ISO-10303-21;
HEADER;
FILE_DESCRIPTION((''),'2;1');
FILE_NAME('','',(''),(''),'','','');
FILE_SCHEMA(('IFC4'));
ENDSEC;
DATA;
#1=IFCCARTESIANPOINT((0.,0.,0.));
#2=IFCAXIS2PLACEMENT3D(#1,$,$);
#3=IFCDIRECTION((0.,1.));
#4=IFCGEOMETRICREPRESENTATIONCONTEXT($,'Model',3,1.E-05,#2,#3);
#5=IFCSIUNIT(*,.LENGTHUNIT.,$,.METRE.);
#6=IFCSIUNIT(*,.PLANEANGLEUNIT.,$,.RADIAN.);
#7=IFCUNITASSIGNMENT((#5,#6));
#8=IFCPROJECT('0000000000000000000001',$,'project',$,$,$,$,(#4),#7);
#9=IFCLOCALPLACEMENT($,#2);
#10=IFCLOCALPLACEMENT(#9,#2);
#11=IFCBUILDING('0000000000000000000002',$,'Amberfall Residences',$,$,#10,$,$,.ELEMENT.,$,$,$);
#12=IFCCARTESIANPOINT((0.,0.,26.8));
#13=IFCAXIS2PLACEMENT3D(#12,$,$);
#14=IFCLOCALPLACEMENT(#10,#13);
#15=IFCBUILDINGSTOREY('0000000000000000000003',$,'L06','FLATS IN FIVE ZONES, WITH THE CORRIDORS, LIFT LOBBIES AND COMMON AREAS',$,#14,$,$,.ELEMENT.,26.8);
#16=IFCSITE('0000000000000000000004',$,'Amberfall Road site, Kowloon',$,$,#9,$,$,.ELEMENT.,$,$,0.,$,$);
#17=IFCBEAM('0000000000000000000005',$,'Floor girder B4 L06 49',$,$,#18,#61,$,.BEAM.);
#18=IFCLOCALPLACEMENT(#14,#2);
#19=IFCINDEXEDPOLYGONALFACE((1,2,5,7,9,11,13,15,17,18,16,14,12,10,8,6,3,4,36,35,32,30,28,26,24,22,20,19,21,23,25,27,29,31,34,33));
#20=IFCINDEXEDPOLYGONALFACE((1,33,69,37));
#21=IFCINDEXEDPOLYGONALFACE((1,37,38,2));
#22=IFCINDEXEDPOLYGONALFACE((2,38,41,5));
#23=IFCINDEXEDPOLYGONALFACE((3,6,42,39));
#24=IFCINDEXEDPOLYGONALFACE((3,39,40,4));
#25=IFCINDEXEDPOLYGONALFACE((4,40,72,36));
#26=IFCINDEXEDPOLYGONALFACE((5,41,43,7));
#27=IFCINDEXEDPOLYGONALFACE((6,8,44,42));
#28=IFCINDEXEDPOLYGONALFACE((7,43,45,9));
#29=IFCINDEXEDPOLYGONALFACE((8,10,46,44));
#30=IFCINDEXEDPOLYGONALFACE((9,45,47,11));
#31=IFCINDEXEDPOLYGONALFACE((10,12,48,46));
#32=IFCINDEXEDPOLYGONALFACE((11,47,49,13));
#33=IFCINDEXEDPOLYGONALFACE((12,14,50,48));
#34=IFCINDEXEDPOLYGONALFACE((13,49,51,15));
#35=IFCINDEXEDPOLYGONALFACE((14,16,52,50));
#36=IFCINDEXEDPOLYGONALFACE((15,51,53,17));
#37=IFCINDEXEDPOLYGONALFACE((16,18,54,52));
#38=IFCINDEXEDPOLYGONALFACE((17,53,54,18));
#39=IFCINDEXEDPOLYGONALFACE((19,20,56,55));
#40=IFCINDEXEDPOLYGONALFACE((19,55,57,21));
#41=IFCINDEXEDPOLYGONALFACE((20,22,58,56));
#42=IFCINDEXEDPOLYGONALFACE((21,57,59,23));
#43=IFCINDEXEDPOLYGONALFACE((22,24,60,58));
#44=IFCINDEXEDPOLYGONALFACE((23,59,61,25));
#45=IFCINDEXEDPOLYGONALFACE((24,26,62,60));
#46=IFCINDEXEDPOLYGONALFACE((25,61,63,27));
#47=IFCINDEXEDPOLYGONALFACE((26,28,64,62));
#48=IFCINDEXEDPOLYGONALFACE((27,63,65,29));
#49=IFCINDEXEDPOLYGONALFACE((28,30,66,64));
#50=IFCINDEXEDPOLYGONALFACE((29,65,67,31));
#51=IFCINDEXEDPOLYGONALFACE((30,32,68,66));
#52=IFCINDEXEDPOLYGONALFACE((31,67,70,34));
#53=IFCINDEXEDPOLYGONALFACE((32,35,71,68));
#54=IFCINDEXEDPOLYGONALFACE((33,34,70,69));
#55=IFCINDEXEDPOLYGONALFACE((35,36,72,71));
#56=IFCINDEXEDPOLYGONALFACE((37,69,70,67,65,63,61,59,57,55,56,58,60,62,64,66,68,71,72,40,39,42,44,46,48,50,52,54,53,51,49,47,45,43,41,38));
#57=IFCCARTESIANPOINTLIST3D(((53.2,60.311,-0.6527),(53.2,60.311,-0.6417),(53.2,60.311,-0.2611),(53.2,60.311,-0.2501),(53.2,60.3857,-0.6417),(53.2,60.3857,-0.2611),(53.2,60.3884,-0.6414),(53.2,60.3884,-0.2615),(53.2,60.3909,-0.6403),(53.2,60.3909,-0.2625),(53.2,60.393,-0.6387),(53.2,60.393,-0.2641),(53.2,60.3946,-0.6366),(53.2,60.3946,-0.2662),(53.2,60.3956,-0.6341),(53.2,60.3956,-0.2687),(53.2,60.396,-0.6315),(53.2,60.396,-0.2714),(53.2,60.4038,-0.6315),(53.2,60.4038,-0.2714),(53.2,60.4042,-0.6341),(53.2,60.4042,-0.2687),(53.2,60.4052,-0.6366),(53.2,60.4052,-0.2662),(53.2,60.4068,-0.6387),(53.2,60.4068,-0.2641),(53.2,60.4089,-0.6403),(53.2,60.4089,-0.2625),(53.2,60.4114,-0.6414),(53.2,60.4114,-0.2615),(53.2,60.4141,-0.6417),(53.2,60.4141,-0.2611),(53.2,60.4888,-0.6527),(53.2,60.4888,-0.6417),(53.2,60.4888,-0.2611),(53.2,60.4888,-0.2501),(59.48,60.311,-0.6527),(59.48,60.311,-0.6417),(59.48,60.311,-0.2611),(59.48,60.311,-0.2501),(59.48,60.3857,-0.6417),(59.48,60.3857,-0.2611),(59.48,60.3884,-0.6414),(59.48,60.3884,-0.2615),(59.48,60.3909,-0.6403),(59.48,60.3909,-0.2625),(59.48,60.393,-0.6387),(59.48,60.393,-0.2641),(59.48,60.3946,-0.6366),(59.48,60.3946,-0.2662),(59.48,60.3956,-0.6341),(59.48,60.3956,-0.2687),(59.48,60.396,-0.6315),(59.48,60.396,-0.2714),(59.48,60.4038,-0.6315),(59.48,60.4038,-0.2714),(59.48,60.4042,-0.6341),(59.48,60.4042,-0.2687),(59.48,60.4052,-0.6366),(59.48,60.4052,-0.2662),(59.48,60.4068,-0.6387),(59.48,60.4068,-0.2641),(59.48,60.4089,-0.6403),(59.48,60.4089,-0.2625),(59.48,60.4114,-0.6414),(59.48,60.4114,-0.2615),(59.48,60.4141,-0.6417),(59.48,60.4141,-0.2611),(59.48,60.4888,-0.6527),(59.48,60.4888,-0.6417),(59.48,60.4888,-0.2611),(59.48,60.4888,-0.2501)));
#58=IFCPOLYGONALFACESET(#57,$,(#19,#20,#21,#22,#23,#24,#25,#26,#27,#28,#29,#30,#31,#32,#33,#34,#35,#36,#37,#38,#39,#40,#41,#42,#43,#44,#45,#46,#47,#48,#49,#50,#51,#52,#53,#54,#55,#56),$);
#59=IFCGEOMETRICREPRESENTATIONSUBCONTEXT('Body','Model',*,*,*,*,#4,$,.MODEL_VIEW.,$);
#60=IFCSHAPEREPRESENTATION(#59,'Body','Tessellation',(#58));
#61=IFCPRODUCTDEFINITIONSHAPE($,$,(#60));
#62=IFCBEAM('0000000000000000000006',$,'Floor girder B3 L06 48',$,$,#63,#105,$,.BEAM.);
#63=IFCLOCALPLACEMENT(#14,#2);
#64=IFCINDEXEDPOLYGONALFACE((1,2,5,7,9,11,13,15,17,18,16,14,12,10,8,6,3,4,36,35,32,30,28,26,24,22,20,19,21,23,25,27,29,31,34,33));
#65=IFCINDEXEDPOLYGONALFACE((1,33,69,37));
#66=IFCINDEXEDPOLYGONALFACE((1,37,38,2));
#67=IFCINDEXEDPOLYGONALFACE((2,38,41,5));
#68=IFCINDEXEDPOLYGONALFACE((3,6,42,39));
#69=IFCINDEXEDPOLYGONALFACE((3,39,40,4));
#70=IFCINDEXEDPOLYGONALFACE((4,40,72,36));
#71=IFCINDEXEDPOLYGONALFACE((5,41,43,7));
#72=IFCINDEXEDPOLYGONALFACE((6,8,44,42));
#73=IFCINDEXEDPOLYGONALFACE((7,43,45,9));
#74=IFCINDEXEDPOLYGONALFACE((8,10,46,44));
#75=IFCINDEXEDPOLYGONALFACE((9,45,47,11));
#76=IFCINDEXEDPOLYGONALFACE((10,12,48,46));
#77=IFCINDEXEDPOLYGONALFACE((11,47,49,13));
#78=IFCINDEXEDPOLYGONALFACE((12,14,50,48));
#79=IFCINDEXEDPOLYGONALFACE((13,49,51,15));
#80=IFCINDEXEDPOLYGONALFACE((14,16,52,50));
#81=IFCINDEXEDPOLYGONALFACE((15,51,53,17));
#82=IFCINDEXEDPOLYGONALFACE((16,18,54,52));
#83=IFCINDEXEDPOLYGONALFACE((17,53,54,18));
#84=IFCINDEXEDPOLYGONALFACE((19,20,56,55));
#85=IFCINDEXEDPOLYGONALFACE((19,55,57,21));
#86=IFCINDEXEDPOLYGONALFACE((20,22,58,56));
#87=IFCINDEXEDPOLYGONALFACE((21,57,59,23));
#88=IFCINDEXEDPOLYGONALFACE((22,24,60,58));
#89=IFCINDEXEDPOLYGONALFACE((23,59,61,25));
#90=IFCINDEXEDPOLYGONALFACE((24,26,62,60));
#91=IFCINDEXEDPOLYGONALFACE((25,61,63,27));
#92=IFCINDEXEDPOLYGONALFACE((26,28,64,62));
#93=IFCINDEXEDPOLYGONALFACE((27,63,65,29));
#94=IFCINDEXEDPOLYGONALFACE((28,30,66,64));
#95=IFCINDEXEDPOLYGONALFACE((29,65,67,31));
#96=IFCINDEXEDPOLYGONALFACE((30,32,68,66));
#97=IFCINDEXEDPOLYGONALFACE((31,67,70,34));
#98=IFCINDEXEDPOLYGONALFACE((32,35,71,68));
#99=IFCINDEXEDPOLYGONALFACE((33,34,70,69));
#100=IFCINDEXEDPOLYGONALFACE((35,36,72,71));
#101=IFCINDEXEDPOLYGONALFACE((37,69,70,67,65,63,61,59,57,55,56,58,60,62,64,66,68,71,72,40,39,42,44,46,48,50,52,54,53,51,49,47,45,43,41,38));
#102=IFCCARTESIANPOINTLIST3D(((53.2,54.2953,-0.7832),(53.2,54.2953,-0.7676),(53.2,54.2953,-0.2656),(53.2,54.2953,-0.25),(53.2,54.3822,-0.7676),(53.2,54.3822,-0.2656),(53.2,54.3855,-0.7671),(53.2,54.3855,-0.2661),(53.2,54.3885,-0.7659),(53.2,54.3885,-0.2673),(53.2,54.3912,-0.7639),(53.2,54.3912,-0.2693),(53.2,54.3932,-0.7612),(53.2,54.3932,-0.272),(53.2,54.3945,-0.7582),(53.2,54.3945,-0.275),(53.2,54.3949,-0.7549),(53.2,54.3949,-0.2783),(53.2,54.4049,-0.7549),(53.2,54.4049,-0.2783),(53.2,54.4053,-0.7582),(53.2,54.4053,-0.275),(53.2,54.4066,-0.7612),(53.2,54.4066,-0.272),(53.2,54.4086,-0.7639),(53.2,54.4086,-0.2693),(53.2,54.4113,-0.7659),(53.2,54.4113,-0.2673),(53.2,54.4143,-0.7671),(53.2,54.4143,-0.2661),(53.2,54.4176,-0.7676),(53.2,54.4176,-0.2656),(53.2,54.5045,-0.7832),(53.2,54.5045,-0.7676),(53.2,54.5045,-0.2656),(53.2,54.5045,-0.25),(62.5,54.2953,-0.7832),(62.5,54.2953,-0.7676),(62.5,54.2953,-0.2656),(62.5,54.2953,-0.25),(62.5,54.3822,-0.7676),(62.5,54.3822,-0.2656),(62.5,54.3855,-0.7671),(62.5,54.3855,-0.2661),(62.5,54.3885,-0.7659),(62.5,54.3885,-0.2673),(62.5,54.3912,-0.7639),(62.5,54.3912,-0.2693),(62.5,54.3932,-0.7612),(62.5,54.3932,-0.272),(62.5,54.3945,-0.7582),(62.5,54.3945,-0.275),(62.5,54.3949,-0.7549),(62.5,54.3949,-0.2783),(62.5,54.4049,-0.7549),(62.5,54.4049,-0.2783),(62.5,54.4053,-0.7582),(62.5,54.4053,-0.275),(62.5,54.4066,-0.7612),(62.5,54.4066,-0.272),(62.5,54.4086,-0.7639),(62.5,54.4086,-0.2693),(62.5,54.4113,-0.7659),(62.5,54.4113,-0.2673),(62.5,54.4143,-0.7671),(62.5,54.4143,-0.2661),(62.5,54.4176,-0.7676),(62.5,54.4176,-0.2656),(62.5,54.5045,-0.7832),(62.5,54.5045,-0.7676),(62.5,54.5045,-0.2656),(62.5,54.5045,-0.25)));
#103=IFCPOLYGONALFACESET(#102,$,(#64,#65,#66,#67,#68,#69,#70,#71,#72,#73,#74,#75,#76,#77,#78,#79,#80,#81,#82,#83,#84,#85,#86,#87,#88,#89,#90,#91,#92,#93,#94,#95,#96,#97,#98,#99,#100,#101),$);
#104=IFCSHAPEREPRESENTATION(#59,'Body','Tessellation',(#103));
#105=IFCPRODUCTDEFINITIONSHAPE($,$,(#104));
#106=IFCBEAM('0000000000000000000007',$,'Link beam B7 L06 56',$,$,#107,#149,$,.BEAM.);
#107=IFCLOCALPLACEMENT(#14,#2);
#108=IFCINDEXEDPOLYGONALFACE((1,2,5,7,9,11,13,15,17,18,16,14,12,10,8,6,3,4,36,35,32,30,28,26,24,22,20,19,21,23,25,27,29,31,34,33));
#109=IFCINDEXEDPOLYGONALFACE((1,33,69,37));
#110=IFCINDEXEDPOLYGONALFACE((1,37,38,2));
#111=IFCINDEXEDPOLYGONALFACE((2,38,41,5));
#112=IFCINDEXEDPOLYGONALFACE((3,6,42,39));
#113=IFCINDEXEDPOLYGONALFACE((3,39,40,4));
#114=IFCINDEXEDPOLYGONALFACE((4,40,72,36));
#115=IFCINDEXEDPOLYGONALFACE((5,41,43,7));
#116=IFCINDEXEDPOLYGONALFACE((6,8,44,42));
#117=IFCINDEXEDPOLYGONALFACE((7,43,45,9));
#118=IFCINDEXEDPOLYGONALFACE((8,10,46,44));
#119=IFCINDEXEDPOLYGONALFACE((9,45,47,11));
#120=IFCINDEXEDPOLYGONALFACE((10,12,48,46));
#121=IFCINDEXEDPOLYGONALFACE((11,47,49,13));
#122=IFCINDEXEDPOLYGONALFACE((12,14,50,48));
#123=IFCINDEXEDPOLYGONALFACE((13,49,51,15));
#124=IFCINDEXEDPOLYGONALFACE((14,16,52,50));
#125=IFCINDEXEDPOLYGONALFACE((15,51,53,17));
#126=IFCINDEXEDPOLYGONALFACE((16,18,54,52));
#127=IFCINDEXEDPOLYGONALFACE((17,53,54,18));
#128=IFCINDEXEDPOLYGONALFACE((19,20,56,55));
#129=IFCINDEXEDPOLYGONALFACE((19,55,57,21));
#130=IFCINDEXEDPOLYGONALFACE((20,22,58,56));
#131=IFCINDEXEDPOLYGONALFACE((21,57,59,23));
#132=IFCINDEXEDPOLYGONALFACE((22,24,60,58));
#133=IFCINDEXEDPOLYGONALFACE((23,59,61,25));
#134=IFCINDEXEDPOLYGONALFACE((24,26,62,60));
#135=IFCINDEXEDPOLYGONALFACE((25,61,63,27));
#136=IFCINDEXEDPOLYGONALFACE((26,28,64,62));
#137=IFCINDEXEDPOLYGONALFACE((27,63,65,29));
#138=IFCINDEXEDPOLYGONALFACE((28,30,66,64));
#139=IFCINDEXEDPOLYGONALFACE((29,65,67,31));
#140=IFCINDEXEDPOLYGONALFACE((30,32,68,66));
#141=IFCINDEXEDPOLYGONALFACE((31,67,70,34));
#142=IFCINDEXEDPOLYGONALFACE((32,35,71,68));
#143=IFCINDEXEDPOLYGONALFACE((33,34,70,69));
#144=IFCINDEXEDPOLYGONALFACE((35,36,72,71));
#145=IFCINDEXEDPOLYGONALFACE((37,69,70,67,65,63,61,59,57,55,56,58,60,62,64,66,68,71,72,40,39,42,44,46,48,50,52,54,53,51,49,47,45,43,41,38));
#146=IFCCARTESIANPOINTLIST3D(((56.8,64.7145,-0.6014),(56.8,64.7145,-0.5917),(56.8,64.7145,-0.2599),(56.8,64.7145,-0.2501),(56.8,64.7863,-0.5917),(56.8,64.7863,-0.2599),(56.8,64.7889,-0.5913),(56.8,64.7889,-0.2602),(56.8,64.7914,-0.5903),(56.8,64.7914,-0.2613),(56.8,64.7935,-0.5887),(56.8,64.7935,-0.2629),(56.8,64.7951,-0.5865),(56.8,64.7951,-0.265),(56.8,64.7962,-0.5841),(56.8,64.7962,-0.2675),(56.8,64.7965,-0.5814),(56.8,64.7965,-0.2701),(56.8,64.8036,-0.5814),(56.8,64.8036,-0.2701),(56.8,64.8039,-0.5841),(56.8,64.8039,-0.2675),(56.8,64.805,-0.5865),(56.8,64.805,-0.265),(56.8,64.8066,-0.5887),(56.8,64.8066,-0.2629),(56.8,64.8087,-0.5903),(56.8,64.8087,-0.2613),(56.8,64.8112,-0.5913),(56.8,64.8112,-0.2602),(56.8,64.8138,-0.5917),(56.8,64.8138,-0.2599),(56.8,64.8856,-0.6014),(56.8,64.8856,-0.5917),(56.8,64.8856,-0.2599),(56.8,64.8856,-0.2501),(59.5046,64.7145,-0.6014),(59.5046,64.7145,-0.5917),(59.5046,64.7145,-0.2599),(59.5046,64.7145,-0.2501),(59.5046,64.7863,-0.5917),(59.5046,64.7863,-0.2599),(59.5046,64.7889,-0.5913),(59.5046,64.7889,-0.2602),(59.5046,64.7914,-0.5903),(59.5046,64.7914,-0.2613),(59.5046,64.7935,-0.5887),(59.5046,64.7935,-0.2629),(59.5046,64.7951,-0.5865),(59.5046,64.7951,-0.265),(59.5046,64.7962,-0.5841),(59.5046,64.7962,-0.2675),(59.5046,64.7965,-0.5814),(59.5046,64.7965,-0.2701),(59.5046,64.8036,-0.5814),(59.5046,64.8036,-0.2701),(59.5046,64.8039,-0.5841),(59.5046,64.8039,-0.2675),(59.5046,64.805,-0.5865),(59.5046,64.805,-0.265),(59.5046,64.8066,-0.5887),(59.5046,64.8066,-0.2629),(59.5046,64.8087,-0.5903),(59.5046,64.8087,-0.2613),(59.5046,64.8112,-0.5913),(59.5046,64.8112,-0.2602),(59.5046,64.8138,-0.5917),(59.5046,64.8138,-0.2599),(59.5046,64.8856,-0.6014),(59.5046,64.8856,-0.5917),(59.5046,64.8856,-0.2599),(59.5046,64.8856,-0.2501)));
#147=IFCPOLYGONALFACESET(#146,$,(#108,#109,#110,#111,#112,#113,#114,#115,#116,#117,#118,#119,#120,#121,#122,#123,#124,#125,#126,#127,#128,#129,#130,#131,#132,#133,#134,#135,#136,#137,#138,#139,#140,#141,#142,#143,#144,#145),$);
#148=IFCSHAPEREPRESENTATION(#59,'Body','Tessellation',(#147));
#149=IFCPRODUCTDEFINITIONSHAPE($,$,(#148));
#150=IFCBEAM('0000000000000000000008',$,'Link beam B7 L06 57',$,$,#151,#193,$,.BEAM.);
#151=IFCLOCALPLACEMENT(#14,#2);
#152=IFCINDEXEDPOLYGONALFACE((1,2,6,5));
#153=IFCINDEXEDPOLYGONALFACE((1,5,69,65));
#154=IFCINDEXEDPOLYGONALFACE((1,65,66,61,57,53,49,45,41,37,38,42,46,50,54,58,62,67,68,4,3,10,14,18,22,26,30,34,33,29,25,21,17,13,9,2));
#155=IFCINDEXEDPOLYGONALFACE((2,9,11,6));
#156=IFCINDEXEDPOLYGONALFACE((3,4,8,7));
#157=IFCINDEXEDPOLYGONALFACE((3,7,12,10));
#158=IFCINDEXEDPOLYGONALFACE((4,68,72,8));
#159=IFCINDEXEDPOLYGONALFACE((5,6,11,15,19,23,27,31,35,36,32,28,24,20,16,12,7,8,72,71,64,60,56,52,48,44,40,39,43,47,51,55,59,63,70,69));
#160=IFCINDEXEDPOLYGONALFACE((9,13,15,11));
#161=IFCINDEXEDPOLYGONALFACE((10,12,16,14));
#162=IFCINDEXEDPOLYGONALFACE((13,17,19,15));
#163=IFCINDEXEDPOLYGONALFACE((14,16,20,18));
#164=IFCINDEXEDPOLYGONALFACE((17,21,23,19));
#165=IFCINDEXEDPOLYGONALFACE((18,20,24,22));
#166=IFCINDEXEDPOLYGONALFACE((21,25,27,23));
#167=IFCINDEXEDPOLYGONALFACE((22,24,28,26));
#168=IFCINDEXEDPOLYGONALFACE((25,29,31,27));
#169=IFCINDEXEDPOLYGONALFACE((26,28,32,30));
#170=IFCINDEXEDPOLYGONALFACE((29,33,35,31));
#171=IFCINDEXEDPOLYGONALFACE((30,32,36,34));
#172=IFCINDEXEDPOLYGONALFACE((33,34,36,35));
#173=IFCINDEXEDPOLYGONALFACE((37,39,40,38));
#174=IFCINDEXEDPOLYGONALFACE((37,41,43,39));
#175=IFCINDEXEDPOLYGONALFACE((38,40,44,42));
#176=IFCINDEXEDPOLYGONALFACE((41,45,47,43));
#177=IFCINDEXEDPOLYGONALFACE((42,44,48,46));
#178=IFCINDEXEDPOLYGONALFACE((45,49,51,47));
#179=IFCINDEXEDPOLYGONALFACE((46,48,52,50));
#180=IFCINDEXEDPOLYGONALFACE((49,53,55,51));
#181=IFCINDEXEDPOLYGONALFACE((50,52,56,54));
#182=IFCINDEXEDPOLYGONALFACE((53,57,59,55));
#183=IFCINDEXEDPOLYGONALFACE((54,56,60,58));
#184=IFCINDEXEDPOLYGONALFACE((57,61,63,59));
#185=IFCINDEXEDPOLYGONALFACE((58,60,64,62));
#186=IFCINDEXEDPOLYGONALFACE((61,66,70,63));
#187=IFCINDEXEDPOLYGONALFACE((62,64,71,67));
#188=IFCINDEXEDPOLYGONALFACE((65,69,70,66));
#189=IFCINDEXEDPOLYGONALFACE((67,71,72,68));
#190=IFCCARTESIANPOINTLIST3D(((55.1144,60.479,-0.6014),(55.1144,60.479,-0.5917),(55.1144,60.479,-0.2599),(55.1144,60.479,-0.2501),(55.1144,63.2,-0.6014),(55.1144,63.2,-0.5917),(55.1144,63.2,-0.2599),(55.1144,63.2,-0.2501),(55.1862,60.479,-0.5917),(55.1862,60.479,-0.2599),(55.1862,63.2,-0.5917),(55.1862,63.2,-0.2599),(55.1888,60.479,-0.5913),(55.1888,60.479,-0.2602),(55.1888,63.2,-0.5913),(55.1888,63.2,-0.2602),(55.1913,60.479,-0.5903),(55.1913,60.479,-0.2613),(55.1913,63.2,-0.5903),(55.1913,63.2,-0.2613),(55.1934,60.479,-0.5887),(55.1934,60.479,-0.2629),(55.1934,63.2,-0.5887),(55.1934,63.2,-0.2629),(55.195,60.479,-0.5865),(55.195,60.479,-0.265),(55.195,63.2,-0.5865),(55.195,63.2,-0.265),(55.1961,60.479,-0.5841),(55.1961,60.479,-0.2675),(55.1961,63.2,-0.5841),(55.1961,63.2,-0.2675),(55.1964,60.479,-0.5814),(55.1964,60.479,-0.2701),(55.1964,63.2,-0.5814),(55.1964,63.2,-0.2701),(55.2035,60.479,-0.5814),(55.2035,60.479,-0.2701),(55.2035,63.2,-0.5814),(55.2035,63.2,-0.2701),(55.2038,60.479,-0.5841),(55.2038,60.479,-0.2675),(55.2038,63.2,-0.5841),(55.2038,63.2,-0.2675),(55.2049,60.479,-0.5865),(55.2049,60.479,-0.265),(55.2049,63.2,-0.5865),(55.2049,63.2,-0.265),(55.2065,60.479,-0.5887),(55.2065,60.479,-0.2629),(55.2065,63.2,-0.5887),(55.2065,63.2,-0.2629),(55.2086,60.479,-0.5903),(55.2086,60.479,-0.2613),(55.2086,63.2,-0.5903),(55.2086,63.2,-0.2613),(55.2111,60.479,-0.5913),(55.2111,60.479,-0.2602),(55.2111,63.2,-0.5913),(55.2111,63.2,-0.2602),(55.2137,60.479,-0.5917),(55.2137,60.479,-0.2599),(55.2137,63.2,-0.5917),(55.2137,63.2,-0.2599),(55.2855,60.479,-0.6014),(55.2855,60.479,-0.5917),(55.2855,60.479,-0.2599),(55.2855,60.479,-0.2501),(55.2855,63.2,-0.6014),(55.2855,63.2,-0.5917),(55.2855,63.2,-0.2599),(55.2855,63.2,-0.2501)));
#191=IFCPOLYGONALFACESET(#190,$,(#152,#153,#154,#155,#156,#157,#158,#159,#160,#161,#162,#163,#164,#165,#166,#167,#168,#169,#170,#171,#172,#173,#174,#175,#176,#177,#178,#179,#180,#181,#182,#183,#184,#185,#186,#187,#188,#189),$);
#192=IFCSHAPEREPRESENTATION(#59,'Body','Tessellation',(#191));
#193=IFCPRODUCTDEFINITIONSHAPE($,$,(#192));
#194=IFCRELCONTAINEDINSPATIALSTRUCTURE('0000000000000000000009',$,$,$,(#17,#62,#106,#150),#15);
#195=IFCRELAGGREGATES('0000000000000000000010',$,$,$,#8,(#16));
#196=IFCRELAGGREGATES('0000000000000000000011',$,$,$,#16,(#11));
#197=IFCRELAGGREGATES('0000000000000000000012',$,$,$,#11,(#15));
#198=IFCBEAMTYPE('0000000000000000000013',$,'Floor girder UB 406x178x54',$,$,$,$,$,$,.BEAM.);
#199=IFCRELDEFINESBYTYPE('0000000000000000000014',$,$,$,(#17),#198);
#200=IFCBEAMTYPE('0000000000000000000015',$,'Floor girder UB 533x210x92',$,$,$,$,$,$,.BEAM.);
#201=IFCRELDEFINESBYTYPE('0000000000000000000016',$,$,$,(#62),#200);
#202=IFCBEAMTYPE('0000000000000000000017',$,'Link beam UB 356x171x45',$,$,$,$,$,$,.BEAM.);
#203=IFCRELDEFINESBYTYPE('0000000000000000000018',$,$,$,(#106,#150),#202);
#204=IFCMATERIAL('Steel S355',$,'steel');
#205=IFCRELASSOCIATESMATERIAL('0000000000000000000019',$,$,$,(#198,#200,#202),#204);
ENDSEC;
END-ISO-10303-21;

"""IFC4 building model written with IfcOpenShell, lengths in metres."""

from ifc_helpers import new_model, si_unit, direction, frame, origin, origin_2d, place, context, subcontext, project, spatial, i_section, extrude, material, material_profile, profile_set, type_object, element, save


model = new_model("IFC4")

# Units and contexts
model_context = context("Model", 3, precision=1e-05, world=origin(), true_north=direction((0.0, 1.0)))
body_context = subcontext(model_context, "Body", "Model", "MODEL_VIEW")
ifc_project = project(units=[si_unit("LENGTHUNIT", "METRE"), si_unit("PLANEANGLEUNIT", "RADIAN")], contexts=[model_context])

# Site, building, storey
site_placement = place(None, origin())
site = spatial("IfcSite", under=ifc_project, at=site_placement, Name="Amberfall Road site, Kowloon", CompositionType="ELEMENT", RefElevation=0.0)
building_placement = place(site_placement, origin())
building = spatial("IfcBuilding", under=site, at=building_placement, Name="Amberfall Residences", CompositionType="ELEMENT")
storey_placement = place(building_placement, frame((0.0, 0.0, 26.8)))
storey = spatial("IfcBuildingStorey", under=building, at=storey_placement, Name="L06", Description="FLATS IN FIVE ZONES, WITH THE CORRIDORS, LIFT LOBBIES AND COMMON AREAS", CompositionType="ELEMENT", Elevation=26.8)

# Shared definitions
ifc_material_1 = material(Name="Steel S355", Category="steel")

# Beams
ifc_material_profile_1 = material_profile(ifc_material_1, i_section(OverallWidth=0.1777, OverallDepth=0.4026, WebThickness=0.0078, FlangeThickness=0.011, FilletRadius=0.0103, at=origin_2d()), Name="UB 406x178x54")
ifc_profile_set_1 = profile_set([ifc_material_profile_1], Name="Steel S355")
beam_type_1 = type_object("IfcBeamType", Name="Floor girder UB 406x178x54", PredefinedType="BEAM", material=ifc_profile_set_1)
beam_1_placement = place(storey_placement, frame((53.2, 60.3999, -0.4514), z_axis=(1.0, 0.0, 0.0), x_axis=(0.0, 1.0, 0.0)))
element("IfcBeam", 1, at=beam_1_placement, inside=storey, type_object=beam_type_1, Name="Floor girder B4 L06 49", PredefinedType="BEAM", context=body_context, shape_type="SweptSolid", body=[
    extrude(i_section(OverallWidth=0.1777, OverallDepth=0.4026, WebThickness=0.0078, FlangeThickness=0.011, FilletRadius=0.0103, at=origin_2d()), origin(), (0.0, 0.0, 1.0), 6.28),
])
ifc_material_profile_2 = material_profile(ifc_material_1, i_section(OverallWidth=0.2092, OverallDepth=0.5332, WebThickness=0.01, FlangeThickness=0.0156, FilletRadius=0.0127, at=origin_2d()), Name="UB 533x210x92")
ifc_profile_set_2 = profile_set([ifc_material_profile_2], Name="Steel S355")
beam_type_2 = type_object("IfcBeamType", Name="Floor girder UB 533x210x92", PredefinedType="BEAM", material=ifc_profile_set_2)
beam_2_placement = place(storey_placement, frame((53.2, 54.3999, -0.5166), z_axis=(1.0, 0.0, 0.0), x_axis=(0.0, 1.0, 0.0)))
element("IfcBeam", 2, at=beam_2_placement, inside=storey, type_object=beam_type_2, Name="Floor girder B3 L06 48", PredefinedType="BEAM", context=body_context, shape_type="SweptSolid", body=[
    extrude(i_section(OverallWidth=0.2092, OverallDepth=0.5332, WebThickness=0.01, FlangeThickness=0.0156, FilletRadius=0.0127, at=origin_2d()), origin(), (0.0, 0.0, 1.0), 9.3),
])
ifc_material_profile_3 = material_profile(ifc_material_1, i_section(OverallWidth=0.1711, OverallDepth=0.3513, WebThickness=0.0071, FlangeThickness=0.0098, FilletRadius=0.0103, at=origin_2d()), Name="UB 356x171x45")
ifc_profile_set_3 = profile_set([ifc_material_profile_3], Name="Steel S355")
beam_type_3 = type_object("IfcBeamType", Name="Link beam UB 356x171x45", PredefinedType="BEAM", material=ifc_profile_set_3)
beam_3_placement = place(storey_placement, frame((56.8, 64.8, -0.4258), z_axis=(1.0, 0.0, 0.0), x_axis=(0.0, 1.0, 0.0)))
element("IfcBeam", 3, at=beam_3_placement, inside=storey, type_object=beam_type_3, Name="Link beam B7 L06 56", PredefinedType="BEAM", context=body_context, shape_type="SweptSolid", body=[
    extrude(i_section(OverallWidth=0.1711, OverallDepth=0.3513, WebThickness=0.0071, FlangeThickness=0.0098, FilletRadius=0.0103, at=origin_2d()), origin(), (0.0, 0.0, 1.0), 2.7046),
])
beam_4_placement = place(storey_placement, frame((55.2, 63.2, -0.4258), z_axis=(0.0, -1.0, 0.0), x_axis=(1.0, 0.0, 0.0)))
element("IfcBeam", 4, at=beam_4_placement, inside=storey, type_object=beam_type_3, Name="Link beam B7 L06 57", PredefinedType="BEAM", context=body_context, shape_type="SweptSolid", body=[
    extrude(i_section(OverallWidth=0.1711, OverallDepth=0.3513, WebThickness=0.0071, FlangeThickness=0.0098, FilletRadius=0.0103, at=origin_2d()), origin(), (0.0, 0.0, 1.0), 2.7209),
])

save(model, "model.ifc")
